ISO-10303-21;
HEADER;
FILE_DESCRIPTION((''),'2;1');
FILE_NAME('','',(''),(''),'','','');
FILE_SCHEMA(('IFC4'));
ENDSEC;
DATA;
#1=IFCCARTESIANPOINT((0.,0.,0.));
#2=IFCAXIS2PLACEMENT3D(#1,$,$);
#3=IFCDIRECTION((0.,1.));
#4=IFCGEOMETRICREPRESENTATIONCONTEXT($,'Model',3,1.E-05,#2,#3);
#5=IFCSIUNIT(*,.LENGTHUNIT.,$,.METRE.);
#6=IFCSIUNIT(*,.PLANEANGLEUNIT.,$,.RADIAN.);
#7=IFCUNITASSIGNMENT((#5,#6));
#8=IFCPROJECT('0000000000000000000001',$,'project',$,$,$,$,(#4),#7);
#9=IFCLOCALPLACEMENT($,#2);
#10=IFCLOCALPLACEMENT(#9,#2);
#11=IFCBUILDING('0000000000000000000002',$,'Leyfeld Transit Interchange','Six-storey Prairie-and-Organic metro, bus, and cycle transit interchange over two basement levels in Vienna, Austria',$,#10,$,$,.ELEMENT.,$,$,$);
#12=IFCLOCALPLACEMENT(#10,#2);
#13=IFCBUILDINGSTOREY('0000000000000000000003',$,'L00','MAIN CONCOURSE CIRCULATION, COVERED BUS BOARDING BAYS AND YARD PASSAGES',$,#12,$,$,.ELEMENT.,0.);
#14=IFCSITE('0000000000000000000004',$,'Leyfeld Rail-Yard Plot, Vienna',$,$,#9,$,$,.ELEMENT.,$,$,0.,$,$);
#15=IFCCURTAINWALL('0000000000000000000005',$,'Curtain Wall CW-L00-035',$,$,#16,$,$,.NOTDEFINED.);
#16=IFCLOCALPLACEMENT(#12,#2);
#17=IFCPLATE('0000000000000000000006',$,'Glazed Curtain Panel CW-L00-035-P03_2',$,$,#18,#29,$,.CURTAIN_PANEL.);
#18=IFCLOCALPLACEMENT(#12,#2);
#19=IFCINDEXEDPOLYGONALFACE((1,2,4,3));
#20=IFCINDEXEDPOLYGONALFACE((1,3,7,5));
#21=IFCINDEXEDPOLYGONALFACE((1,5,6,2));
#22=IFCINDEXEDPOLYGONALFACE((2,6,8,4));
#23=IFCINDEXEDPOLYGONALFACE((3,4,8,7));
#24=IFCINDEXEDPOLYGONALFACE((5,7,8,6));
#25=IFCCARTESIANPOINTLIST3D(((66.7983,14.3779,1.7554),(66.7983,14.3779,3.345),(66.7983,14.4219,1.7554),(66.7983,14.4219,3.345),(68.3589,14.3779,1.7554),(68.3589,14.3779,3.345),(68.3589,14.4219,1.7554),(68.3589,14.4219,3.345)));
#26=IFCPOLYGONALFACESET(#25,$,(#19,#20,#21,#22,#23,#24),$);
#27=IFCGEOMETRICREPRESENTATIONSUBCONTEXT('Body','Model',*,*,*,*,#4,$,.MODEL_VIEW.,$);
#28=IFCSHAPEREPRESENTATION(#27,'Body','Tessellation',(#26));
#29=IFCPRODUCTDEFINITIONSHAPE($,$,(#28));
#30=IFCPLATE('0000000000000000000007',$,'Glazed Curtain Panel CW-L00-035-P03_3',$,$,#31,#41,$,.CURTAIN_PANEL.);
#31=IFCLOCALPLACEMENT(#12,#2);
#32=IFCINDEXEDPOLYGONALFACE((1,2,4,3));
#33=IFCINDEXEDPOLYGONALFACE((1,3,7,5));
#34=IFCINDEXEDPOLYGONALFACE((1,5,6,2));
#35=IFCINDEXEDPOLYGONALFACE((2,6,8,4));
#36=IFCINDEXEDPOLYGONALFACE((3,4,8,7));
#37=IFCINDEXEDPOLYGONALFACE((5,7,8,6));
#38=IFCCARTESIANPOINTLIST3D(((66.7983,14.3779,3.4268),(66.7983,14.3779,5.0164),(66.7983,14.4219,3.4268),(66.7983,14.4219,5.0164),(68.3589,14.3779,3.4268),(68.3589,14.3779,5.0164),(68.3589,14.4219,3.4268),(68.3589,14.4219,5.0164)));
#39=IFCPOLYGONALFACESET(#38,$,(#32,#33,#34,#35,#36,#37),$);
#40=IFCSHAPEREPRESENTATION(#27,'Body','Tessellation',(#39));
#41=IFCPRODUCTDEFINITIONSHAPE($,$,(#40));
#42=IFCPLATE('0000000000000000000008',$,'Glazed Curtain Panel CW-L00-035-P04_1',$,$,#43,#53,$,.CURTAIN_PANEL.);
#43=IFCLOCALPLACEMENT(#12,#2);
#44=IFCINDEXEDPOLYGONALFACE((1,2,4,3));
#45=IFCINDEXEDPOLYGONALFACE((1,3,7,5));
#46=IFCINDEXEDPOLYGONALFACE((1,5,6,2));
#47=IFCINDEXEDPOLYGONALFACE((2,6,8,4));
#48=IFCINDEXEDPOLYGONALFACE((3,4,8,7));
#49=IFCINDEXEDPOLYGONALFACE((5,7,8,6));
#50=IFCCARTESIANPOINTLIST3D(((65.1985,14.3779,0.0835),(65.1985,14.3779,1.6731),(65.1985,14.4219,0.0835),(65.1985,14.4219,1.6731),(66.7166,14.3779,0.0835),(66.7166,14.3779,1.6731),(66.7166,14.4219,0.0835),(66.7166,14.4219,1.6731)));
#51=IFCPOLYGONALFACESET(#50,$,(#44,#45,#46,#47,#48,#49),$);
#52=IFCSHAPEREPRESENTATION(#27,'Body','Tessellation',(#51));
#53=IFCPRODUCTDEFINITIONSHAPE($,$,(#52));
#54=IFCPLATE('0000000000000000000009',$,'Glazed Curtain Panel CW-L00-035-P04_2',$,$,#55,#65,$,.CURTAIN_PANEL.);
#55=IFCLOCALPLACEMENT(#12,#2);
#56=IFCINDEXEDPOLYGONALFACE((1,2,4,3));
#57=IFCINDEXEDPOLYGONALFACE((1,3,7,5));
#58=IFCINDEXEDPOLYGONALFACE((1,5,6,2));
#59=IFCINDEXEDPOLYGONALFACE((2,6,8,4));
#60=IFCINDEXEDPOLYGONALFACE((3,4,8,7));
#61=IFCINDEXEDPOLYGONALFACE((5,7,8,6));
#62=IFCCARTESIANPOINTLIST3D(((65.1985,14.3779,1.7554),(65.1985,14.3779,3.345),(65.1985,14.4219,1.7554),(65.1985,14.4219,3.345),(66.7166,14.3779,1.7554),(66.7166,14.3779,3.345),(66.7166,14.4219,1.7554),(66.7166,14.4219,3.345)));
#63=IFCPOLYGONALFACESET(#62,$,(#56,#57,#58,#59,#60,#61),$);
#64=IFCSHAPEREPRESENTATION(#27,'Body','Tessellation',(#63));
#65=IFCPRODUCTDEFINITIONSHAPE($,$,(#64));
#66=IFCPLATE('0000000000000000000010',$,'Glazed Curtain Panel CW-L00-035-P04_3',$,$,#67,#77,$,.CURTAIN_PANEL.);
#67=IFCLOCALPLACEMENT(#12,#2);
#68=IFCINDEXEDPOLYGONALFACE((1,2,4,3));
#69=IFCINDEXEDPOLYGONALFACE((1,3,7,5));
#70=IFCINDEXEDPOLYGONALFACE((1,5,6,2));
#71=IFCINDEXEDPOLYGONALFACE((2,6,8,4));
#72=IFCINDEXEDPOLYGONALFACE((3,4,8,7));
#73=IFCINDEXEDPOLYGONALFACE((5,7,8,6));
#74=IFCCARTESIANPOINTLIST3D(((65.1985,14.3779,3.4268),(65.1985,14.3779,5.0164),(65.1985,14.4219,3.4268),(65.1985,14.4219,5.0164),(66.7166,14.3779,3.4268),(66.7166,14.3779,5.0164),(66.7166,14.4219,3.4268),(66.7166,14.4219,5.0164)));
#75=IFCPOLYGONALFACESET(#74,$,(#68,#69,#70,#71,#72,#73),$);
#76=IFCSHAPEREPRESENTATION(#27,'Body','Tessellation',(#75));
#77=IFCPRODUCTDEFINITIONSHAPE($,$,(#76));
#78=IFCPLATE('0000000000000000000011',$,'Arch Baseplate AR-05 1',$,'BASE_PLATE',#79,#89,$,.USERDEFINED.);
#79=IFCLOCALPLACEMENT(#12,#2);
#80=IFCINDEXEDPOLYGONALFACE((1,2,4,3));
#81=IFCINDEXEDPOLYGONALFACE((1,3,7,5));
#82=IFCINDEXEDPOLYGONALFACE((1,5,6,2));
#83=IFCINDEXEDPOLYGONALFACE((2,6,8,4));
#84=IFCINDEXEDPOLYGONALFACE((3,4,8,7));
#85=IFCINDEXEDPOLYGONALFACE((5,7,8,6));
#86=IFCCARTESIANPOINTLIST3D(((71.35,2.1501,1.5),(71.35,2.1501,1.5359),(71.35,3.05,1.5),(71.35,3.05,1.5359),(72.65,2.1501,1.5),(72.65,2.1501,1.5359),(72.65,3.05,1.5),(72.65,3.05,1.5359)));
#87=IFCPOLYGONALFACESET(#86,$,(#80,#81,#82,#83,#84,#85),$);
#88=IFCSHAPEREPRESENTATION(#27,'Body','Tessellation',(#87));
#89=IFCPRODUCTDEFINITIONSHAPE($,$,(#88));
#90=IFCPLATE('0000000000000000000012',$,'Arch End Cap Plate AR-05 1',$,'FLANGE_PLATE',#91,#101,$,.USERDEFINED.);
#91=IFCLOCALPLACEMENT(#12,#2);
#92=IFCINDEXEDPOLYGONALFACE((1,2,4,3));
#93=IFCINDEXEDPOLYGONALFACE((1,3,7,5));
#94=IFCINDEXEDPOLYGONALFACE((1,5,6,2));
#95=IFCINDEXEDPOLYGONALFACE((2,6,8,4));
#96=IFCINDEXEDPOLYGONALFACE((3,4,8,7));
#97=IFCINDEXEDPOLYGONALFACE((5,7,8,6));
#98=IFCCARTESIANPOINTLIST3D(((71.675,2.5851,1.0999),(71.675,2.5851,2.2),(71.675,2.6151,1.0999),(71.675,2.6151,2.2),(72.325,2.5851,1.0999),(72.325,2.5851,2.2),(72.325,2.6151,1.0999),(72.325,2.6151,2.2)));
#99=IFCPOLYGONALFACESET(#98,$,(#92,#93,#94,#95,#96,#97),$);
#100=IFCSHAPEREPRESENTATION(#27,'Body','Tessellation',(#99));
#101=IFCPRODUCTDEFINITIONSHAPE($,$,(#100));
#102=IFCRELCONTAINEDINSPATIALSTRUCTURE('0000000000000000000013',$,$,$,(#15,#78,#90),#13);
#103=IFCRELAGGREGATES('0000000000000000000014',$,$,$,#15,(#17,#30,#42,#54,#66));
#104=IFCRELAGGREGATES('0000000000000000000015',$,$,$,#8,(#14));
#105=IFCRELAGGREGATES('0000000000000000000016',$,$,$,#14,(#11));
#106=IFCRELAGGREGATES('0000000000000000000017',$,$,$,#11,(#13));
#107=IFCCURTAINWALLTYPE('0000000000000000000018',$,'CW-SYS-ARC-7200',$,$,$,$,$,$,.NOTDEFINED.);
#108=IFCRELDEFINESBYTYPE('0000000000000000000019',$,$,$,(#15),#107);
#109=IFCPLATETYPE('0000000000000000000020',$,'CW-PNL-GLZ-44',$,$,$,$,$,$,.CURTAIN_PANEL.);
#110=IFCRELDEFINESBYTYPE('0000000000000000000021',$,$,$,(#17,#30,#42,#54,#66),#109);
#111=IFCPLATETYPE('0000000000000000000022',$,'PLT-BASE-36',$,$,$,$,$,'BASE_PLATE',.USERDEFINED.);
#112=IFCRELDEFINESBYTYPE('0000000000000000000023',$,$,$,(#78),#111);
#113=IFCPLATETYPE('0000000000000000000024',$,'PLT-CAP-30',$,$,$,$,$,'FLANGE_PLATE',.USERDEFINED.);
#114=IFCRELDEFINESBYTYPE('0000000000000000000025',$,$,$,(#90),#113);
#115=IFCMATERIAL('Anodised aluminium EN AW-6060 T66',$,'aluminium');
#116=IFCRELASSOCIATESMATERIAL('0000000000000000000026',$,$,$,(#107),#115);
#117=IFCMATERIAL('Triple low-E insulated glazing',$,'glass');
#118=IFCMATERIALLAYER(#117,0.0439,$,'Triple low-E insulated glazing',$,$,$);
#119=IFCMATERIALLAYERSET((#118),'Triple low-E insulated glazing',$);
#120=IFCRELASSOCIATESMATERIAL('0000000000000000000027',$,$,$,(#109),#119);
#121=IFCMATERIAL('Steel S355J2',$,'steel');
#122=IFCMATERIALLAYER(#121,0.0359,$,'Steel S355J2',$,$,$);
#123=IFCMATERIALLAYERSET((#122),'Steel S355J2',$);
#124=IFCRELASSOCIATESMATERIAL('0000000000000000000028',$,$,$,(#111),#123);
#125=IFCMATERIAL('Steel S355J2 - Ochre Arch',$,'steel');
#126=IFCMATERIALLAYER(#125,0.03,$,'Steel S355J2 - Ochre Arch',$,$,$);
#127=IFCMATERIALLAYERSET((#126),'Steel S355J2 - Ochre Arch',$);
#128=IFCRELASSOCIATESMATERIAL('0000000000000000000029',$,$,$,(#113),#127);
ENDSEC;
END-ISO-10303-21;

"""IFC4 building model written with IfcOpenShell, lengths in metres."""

from ifc_helpers import new_model, si_unit, direction, frame, origin, origin_2d, place, context, subcontext, project, spatial, rectangle, extrude, material, layer, layer_set, type_object, element, aggregate, save


model = new_model("IFC4")

# Units and contexts
model_context = context("Model", 3, precision=1e-05, world=origin(), true_north=direction((0.0, 1.0)))
body_context = subcontext(model_context, "Body", "Model", "MODEL_VIEW")
ifc_project = project(units=[si_unit("LENGTHUNIT", "METRE"), si_unit("PLANEANGLEUNIT", "RADIAN")], contexts=[model_context])

# Site, building, storey
site_placement = place(None, origin())
site = spatial("IfcSite", under=ifc_project, at=site_placement, Name="Leyfeld Rail-Yard Plot, Vienna", CompositionType="ELEMENT", RefElevation=0.0)
building_placement = place(site_placement, origin())
building = spatial("IfcBuilding", under=site, at=building_placement, Name="Leyfeld Transit Interchange", Description="Six-storey Prairie-and-Organic metro, bus, and cycle transit interchange over two basement levels in Vienna, Austria", CompositionType="ELEMENT")
storey_placement = place(building_placement, origin())
storey = spatial("IfcBuildingStorey", under=building, at=storey_placement, Name="L00", Description="MAIN CONCOURSE CIRCULATION, COVERED BUS BOARDING BAYS AND YARD PASSAGES", CompositionType="ELEMENT", Elevation=0.0)

# Curtain wall, plates
ifc_material_1 = material(Name="Anodised aluminium EN AW-6060 T66", Category="aluminium")
curtain_wall_type = type_object("IfcCurtainWallType", Name="CW-SYS-ARC-7200", PredefinedType="NOTDEFINED", material=ifc_material_1)
curtain_wall_placement = place(storey_placement, origin())
curtain_wall = element("IfcCurtainWall", 1, at=curtain_wall_placement, inside=storey, type_object=curtain_wall_type, Name="Curtain Wall CW-L00-035", PredefinedType="NOTDEFINED")
ifc_material_2 = material(Name="Triple low-E insulated glazing", Category="glass")
ifc_layer_1 = layer(ifc_material_2, 0.0439, Name="Triple low-E insulated glazing")
ifc_layer_set_1 = layer_set([ifc_layer_1], Name="Triple low-E insulated glazing")
plate_type_1 = type_object("IfcPlateType", Name="CW-PNL-GLZ-44", PredefinedType="CURTAIN_PANEL", material=ifc_layer_set_1)
plate_1_placement = place(storey_placement, frame((67.5786, 14.3999, 1.7554), z_axis=(0.0, 0.0, 1.0), x_axis=(-1.0, 0.0, 0.0)))
plate_1 = element("IfcPlate", 2, at=plate_1_placement, type_object=plate_type_1, Name="Glazed Curtain Panel CW-L00-035-P03_2", PredefinedType="CURTAIN_PANEL", context=body_context, shape_type="SweptSolid", body=[
    extrude(rectangle(XDim=1.5605, YDim=0.0439, at=origin_2d()), origin(), (0.0, 0.0, 1.0), 1.5896),
])
plate_2_placement = place(storey_placement, frame((67.5786, 14.3999, 3.4268), z_axis=(0.0, 0.0, 1.0), x_axis=(-1.0, 0.0, 0.0)))
plate_2 = element("IfcPlate", 3, at=plate_2_placement, type_object=plate_type_1, Name="Glazed Curtain Panel CW-L00-035-P03_3", PredefinedType="CURTAIN_PANEL", context=body_context, shape_type="SweptSolid", body=[
    extrude(rectangle(XDim=1.5605, YDim=0.0439, at=origin_2d()), origin(), (0.0, 0.0, 1.0), 1.5896),
])
plate_3_placement = place(storey_placement, frame((65.9575, 14.3999, 0.0835), z_axis=(0.0, 0.0, 1.0), x_axis=(-1.0, 0.0, 0.0)))
plate_3 = element("IfcPlate", 4, at=plate_3_placement, type_object=plate_type_1, Name="Glazed Curtain Panel CW-L00-035-P04_1", PredefinedType="CURTAIN_PANEL", context=body_context, shape_type="SweptSolid", body=[
    extrude(rectangle(XDim=1.5181, YDim=0.0439, at=origin_2d()), origin(), (0.0, 0.0, 1.0), 1.5896),
])
plate_4_placement = place(storey_placement, frame((65.9575, 14.3999, 1.7554), z_axis=(0.0, 0.0, 1.0), x_axis=(-1.0, 0.0, 0.0)))
plate_4 = element("IfcPlate", 5, at=plate_4_placement, type_object=plate_type_1, Name="Glazed Curtain Panel CW-L00-035-P04_2", PredefinedType="CURTAIN_PANEL", context=body_context, shape_type="SweptSolid", body=[
    extrude(rectangle(XDim=1.5181, YDim=0.0439, at=origin_2d()), origin(), (0.0, 0.0, 1.0), 1.5896),
])
plate_5_placement = place(storey_placement, frame((65.9575, 14.3999, 3.4268), z_axis=(0.0, 0.0, 1.0), x_axis=(-1.0, 0.0, 0.0)))
plate_5 = element("IfcPlate", 6, at=plate_5_placement, type_object=plate_type_1, Name="Glazed Curtain Panel CW-L00-035-P04_3", PredefinedType="CURTAIN_PANEL", context=body_context, shape_type="SweptSolid", body=[
    extrude(rectangle(XDim=1.5181, YDim=0.0439, at=origin_2d()), origin(), (0.0, 0.0, 1.0), 1.5896),
])
aggregate(curtain_wall, [plate_1, plate_2, plate_3, plate_4, plate_5])

# Plates
ifc_material_3 = material(Name="Steel S355J2", Category="steel")
ifc_layer_2 = layer(ifc_material_3, 0.0359, Name="Steel S355J2")
ifc_layer_set_2 = layer_set([ifc_layer_2], Name="Steel S355J2")
plate_type_2 = type_object("IfcPlateType", Name="PLT-BASE-36", ElementType="BASE_PLATE", PredefinedType="USERDEFINED", material=ifc_layer_set_2)
plate_6_placement = place(storey_placement, frame((72.0, 2.6001, 1.5), z_axis=(0.0, 0.0, 1.0), x_axis=(1.0, 0.0, 0.0)))
element("IfcPlate", 7, at=plate_6_placement, inside=storey, type_object=plate_type_2, Name="Arch Baseplate AR-05 1", ObjectType="BASE_PLATE", PredefinedType="USERDEFINED", context=body_context, shape_type="SweptSolid", body=[
    extrude(rectangle(XDim=1.3, YDim=0.8999, at=origin_2d()), origin(), (0.0, 0.0, 1.0), 0.0359),
])
ifc_material_4 = material(Name="Steel S355J2 - Ochre Arch", Category="steel")
ifc_layer_3 = layer(ifc_material_4, 0.03, Name="Steel S355J2 - Ochre Arch")
ifc_layer_set_3 = layer_set([ifc_layer_3], Name="Steel S355J2 - Ochre Arch")
plate_type_3 = type_object("IfcPlateType", Name="PLT-CAP-30", ElementType="FLANGE_PLATE", PredefinedType="USERDEFINED", material=ifc_layer_set_3)
plate_7_placement = place(storey_placement, frame((72.0, 2.6001, 1.0999), z_axis=(0.0, 0.0, 1.0), x_axis=(1.0, 0.0, 0.0)))
element("IfcPlate", 8, at=plate_7_placement, inside=storey, type_object=plate_type_3, Name="Arch End Cap Plate AR-05 1", ObjectType="FLANGE_PLATE", PredefinedType="USERDEFINED", context=body_context, shape_type="SweptSolid", body=[
    extrude(rectangle(XDim=0.6499, YDim=0.03, at=origin_2d()), origin(), (0.0, 0.0, 1.0), 1.1001),
])

save(model, "model.ifc")
